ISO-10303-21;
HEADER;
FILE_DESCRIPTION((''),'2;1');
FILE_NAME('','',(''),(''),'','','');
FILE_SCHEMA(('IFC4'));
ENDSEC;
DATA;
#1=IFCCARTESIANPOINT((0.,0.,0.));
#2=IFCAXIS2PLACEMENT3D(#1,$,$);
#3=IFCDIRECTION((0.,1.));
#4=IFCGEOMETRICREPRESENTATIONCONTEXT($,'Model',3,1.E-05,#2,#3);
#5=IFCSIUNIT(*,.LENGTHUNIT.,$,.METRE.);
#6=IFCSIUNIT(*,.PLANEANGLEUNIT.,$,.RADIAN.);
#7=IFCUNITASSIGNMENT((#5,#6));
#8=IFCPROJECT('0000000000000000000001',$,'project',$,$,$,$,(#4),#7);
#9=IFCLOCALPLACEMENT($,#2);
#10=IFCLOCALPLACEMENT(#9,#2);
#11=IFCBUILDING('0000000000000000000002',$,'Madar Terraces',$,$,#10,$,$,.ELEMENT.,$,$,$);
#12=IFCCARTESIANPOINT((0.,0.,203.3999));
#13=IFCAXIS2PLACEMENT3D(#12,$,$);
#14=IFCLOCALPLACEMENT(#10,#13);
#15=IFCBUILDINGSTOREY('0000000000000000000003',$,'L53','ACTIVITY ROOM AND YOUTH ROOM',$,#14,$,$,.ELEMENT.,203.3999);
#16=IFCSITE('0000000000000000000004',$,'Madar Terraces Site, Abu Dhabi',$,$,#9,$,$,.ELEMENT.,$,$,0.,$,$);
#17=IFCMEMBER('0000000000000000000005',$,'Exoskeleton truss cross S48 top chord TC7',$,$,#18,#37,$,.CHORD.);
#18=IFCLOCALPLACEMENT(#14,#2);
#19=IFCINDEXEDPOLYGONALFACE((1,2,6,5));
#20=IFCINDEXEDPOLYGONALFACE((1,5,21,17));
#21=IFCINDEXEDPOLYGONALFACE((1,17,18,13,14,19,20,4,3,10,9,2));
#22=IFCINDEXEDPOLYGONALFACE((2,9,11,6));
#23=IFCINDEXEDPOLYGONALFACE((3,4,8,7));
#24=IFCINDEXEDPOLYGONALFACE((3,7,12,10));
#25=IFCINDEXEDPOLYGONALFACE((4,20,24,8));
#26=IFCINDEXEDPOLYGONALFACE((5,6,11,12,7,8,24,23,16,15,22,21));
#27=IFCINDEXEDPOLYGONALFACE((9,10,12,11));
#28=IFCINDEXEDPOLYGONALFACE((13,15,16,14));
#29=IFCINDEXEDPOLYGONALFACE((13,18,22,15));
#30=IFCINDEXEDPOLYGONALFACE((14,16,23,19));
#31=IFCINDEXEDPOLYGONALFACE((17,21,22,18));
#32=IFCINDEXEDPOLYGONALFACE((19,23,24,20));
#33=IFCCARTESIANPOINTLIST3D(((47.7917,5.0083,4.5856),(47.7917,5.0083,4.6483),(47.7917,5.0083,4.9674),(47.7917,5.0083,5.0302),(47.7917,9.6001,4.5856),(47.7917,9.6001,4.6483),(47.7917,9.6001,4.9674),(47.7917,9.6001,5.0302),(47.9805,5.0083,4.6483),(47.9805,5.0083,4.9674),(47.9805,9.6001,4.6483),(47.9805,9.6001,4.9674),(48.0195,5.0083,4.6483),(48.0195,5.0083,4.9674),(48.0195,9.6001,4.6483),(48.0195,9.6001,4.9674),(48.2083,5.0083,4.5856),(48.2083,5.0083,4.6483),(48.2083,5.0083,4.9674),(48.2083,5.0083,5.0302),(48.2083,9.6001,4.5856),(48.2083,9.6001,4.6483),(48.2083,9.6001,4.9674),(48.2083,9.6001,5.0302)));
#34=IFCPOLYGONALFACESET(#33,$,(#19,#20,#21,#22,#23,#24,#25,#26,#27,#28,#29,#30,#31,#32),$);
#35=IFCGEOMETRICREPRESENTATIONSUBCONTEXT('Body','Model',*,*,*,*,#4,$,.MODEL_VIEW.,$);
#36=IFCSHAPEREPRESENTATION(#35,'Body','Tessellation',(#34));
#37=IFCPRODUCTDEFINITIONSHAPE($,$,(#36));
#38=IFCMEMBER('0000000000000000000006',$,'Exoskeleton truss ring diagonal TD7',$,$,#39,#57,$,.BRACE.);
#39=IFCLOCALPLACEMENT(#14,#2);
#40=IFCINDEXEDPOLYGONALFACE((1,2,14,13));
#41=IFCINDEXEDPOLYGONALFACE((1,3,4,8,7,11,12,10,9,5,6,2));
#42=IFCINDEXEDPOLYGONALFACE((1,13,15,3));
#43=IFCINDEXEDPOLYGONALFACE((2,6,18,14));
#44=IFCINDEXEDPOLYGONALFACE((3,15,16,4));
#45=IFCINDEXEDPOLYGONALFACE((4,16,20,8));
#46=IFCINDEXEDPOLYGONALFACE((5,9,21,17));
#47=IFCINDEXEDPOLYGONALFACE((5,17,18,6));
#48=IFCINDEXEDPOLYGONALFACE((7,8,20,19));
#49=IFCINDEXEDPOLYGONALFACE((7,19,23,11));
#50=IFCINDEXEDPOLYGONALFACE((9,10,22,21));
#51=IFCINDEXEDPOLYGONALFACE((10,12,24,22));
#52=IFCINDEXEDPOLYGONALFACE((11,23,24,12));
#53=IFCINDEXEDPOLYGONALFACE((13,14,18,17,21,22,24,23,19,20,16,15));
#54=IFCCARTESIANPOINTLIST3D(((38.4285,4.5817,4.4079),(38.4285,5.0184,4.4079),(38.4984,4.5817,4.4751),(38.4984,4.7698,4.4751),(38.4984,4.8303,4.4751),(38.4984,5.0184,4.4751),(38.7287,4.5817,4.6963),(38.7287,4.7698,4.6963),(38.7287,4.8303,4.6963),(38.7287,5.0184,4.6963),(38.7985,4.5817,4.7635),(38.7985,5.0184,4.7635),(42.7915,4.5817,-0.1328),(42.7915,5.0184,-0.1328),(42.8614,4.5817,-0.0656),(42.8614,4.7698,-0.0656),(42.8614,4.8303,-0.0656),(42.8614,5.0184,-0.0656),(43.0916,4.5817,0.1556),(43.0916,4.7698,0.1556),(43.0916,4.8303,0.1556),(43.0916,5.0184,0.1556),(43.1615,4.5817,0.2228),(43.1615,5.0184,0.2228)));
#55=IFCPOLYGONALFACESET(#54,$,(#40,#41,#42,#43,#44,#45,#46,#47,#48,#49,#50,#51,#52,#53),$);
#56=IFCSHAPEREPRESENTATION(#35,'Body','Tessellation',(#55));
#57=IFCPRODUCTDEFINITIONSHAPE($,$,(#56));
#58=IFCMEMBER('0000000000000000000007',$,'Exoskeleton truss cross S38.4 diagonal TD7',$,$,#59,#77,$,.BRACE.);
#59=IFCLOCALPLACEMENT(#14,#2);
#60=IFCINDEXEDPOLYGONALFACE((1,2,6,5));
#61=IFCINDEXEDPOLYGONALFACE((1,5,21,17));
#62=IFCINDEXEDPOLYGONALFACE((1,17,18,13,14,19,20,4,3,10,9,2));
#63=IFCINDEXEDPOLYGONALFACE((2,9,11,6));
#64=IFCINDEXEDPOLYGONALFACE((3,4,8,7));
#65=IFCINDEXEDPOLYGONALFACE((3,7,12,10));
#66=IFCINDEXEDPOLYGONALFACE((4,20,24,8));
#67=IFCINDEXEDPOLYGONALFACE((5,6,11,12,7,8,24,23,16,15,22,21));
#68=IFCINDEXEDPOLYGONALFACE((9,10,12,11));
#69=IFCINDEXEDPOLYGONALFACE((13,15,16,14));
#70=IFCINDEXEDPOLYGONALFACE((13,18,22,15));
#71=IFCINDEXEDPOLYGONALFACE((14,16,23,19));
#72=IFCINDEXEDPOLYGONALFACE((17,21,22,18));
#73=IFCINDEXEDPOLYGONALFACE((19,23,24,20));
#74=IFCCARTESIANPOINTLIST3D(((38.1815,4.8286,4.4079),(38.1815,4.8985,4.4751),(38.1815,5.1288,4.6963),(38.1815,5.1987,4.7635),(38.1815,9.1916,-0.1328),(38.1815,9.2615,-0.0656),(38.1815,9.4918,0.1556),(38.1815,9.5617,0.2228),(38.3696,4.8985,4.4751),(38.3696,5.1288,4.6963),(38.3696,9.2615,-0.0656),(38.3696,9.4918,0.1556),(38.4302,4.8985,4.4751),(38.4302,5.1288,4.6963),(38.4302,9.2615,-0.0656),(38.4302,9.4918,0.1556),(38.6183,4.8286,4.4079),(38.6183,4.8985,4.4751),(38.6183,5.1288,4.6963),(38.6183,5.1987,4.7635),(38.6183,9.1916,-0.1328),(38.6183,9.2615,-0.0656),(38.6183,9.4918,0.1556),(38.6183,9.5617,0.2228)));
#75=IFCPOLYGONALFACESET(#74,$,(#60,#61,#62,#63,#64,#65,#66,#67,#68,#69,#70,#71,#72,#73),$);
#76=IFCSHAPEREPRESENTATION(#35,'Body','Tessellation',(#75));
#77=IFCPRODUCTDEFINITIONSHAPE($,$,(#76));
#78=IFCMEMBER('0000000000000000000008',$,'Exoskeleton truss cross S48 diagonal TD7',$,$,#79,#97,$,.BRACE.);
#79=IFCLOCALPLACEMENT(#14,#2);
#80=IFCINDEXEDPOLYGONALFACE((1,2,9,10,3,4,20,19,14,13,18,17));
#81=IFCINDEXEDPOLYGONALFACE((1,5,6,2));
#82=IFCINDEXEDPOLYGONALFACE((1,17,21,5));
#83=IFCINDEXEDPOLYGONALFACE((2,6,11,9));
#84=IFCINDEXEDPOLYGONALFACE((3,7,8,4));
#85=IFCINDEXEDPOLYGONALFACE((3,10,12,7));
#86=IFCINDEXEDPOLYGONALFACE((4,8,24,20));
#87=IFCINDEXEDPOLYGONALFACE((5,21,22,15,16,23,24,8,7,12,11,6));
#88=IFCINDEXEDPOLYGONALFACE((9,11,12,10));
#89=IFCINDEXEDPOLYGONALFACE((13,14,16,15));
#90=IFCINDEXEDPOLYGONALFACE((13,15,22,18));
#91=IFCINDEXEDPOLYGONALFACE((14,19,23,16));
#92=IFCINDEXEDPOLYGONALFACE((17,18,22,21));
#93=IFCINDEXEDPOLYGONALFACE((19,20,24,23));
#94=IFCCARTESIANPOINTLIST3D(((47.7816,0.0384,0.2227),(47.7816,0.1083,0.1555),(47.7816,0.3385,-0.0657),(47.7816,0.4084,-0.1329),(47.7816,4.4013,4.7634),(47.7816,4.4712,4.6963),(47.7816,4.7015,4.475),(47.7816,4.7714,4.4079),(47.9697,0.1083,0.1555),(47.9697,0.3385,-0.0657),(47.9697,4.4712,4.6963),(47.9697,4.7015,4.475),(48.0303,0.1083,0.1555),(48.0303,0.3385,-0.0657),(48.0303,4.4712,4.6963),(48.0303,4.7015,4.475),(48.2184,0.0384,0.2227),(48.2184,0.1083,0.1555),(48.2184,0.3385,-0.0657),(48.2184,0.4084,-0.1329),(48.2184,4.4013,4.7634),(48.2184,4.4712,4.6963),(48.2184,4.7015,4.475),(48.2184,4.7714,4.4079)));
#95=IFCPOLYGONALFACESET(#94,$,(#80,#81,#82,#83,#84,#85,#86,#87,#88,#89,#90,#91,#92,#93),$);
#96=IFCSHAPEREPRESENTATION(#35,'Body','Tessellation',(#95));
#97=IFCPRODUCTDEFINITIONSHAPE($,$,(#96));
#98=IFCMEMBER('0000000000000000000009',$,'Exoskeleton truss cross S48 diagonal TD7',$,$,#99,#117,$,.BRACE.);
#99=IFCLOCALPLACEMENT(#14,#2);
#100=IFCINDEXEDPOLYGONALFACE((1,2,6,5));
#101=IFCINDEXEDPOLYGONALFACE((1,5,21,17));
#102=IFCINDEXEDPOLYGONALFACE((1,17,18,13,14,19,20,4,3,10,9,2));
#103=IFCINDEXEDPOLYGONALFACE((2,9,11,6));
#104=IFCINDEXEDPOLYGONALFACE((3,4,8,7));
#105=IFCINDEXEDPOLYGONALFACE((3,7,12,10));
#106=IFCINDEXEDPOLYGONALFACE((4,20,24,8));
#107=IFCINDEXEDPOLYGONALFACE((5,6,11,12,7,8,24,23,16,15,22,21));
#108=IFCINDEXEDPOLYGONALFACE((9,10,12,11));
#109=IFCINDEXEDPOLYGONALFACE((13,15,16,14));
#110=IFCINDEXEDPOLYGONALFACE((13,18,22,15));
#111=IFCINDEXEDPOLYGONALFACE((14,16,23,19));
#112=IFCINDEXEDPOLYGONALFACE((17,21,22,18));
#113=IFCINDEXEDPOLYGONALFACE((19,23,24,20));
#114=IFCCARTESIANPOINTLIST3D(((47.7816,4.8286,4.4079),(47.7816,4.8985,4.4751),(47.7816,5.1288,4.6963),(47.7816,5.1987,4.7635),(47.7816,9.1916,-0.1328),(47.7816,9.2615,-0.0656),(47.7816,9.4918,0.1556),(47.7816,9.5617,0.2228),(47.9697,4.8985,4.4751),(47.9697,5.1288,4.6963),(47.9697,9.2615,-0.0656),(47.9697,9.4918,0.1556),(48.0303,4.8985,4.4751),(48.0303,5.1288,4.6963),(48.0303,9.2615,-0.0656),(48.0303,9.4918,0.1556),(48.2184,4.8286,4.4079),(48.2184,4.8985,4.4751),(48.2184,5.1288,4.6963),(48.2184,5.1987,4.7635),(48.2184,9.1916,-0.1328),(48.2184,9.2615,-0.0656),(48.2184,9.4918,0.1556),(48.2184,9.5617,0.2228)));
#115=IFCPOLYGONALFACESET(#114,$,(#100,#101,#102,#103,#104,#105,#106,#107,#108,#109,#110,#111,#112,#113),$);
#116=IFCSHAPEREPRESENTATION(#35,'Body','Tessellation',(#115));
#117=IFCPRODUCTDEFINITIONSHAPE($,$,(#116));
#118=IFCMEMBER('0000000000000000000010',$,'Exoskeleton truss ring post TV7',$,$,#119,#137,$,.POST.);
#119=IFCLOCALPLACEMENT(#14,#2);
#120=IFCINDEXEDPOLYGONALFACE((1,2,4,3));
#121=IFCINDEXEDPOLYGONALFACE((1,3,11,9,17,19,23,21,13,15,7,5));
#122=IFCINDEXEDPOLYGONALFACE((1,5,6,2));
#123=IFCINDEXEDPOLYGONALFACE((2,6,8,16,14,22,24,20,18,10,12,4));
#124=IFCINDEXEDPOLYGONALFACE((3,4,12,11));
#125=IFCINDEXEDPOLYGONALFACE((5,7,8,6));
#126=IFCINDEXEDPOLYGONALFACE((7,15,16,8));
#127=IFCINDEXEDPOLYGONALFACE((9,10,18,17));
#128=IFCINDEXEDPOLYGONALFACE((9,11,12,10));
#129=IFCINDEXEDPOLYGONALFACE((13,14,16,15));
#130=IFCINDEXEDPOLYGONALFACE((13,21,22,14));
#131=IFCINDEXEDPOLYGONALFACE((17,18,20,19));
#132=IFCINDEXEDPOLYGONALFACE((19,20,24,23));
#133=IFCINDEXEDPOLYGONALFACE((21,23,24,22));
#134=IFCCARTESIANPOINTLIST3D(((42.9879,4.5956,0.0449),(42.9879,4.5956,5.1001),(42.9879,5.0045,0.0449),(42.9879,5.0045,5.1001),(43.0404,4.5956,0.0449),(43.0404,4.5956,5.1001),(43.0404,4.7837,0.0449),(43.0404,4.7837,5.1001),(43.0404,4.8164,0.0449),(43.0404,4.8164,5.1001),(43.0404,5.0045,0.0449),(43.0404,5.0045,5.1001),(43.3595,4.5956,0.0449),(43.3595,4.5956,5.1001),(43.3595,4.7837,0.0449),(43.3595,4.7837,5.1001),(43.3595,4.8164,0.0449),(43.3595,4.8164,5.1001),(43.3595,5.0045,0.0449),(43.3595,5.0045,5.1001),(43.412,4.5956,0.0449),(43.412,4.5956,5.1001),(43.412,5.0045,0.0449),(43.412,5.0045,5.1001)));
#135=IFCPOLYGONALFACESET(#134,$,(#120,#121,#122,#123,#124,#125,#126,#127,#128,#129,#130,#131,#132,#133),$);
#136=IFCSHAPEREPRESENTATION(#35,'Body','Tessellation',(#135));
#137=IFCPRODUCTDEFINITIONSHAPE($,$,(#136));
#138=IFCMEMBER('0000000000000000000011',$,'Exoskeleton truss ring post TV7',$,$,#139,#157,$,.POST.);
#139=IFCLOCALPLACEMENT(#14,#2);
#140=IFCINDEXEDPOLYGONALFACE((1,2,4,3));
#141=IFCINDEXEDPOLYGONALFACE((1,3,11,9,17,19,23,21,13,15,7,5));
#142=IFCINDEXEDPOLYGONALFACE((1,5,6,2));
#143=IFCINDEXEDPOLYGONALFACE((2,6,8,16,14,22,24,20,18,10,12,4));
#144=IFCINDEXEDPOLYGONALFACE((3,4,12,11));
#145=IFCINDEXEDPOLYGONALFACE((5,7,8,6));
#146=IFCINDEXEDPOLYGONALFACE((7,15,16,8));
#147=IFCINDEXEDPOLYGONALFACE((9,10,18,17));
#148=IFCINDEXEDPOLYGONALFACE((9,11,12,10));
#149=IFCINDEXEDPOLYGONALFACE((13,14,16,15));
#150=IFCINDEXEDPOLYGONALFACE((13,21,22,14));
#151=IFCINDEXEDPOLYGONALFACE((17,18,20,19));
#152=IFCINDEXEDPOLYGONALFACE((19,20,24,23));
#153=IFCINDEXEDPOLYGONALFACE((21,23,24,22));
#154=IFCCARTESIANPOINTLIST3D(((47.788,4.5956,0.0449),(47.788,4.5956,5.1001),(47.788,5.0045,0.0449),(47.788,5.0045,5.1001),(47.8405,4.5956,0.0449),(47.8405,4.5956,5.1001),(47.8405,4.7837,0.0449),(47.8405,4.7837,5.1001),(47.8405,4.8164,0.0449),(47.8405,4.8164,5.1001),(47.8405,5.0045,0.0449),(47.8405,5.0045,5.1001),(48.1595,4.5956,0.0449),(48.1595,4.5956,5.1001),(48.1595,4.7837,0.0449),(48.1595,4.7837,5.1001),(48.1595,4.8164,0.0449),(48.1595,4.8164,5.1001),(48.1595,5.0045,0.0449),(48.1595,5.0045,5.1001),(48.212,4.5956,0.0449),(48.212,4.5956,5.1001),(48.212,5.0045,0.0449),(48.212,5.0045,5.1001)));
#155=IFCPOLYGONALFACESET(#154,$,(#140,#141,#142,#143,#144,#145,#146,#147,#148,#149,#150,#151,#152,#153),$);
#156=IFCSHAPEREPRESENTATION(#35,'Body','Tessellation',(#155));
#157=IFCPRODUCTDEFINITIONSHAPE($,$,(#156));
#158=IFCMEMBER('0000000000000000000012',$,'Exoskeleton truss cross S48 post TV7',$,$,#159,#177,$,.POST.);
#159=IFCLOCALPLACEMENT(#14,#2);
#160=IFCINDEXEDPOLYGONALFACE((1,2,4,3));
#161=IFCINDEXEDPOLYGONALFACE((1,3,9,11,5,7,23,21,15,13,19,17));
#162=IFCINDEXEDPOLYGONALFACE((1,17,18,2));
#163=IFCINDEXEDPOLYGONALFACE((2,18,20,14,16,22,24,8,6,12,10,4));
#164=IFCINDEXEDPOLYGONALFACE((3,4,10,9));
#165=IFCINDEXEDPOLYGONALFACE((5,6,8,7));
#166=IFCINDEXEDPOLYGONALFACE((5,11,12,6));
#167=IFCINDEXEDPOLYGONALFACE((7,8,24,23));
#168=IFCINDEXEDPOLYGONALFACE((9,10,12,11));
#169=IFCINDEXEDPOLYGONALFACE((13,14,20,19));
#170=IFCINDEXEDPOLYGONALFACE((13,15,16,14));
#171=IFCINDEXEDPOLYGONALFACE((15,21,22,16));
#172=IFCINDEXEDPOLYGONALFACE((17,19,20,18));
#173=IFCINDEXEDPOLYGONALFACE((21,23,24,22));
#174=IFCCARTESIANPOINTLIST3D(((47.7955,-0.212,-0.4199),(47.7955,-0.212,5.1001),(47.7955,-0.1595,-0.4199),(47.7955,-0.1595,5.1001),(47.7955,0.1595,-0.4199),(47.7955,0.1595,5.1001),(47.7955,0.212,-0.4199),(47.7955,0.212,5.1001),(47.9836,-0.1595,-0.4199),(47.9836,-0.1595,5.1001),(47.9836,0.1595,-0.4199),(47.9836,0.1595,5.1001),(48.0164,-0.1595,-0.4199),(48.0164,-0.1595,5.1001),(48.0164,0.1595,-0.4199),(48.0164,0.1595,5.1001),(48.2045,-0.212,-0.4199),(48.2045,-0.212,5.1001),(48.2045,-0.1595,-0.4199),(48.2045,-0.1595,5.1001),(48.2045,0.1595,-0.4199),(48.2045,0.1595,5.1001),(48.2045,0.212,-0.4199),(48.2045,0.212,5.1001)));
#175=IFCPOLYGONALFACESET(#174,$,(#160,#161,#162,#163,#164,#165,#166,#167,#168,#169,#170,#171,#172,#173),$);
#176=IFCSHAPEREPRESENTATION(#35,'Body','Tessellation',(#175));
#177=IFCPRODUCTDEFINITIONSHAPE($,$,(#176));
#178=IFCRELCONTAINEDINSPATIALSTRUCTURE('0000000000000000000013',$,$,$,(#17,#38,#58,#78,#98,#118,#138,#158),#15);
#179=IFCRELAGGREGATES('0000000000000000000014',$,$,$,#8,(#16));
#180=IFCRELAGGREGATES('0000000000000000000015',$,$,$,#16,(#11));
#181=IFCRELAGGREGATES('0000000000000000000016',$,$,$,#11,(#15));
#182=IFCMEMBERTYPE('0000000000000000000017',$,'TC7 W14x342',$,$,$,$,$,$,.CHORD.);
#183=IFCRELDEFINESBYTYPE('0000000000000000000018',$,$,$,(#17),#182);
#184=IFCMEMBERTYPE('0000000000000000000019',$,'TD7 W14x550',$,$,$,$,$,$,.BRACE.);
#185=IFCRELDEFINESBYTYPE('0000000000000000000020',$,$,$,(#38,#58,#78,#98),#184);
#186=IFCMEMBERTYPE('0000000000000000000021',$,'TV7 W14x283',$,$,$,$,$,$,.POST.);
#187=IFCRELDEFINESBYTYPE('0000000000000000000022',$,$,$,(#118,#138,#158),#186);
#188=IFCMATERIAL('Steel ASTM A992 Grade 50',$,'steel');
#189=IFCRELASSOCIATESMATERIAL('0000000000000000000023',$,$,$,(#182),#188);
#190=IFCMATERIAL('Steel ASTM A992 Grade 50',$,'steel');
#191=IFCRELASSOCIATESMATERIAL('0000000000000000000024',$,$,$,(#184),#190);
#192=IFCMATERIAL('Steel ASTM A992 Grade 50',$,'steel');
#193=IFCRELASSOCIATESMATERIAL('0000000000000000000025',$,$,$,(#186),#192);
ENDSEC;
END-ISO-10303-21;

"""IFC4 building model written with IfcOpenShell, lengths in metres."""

from ifc_helpers import new_model, si_unit, direction, frame, origin, origin_2d, place, context, subcontext, project, spatial, i_section, extrude, material, material_profile, profile_set, type_object, element, save


model = new_model("IFC4")

# Units and contexts
model_context = context("Model", 3, precision=1e-05, world=origin(), true_north=direction((0.0, 1.0)))
body_context = subcontext(model_context, "Body", "Model", "MODEL_VIEW")
ifc_project = project(units=[si_unit("LENGTHUNIT", "METRE"), si_unit("PLANEANGLEUNIT", "RADIAN")], contexts=[model_context])

# Site, building, storey
site_placement = place(None, origin())
site = spatial("IfcSite", under=ifc_project, at=site_placement, Name="Madar Terraces Site, Abu Dhabi", CompositionType="ELEMENT", RefElevation=0.0)
building_placement = place(site_placement, origin())
building = spatial("IfcBuilding", under=site, at=building_placement, Name="Madar Terraces", CompositionType="ELEMENT")
storey_placement = place(building_placement, frame((0.0, 0.0, 203.3999)))
storey = spatial("IfcBuildingStorey", under=building, at=storey_placement, Name="L53", Description="ACTIVITY ROOM AND YOUTH ROOM", CompositionType="ELEMENT", Elevation=203.3999)

# Members
ifc_material_1 = material(Name="Steel ASTM A992 Grade 50", Category="steel")
ifc_material_profile_1 = material_profile(ifc_material_1, i_section(OverallWidth=0.4165, OverallDepth=0.4446, WebThickness=0.0391, FlangeThickness=0.0627, at=origin_2d()), Name="W14x342")
ifc_profile_set_1 = profile_set([ifc_material_profile_1], Name="Steel ASTM A992 Grade 50")
member_type_1 = type_object("IfcMemberType", Name="TC7 W14x342", PredefinedType="CHORD", material=ifc_profile_set_1)
for number, where, z_axis, x_axis, name in (
    (1, (48.0, 5.0083, 4.8079), (0.0, 1.0, 0.0), (-1.0, 0.0, 0.0), "Exoskeleton truss cross S48 top chord TC7"),
):
    element("IfcMember", number, at=place(storey_placement, frame(where, z_axis=z_axis, x_axis=x_axis)), inside=storey, type_object=member_type_1, Name=name, PredefinedType="CHORD", context=body_context, shape_type="SweptSolid", body=[
        extrude(i_section(OverallWidth=0.4165, OverallDepth=0.4446, WebThickness=0.0391, FlangeThickness=0.0627, at=origin_2d()), origin(), (0.0, 0.0, 1.0), 4.5918),
    ])
ifc_material_2 = material(Name="Steel ASTM A992 Grade 50", Category="steel")
ifc_material_profile_2 = material_profile(ifc_material_2, i_section(OverallWidth=0.4368, OverallDepth=0.5132, WebThickness=0.0605, FlangeThickness=0.0969, at=origin_2d()), Name="W14x550")
ifc_profile_set_2 = profile_set([ifc_material_profile_2], Name="Steel ASTM A992 Grade 50")
member_type_2 = type_object("IfcMemberType", Name="TD7 W14x550", PredefinedType="BRACE", material=ifc_profile_set_2)
for number, where, z_axis, x_axis, name in (
    (2, (38.6135, 4.8, 4.5857), (0.692854, 0.0, -0.721078), (0.0, 1.0, 0.0), "Exoskeleton truss ring diagonal TD7"),
    (3, (38.3999, 5.0137, 4.5857), (0.0, 0.692854, -0.721078), (-1.0, 0.0, 0.0), "Exoskeleton truss cross S38.4 diagonal TD7"),
    (4, (48.0, 0.2234, 0.0449), (0.0, 0.692854, 0.721078), (-1.0, 0.0, 0.0), "Exoskeleton truss cross S48 diagonal TD7"),
    (5, (48.0, 5.0137, 4.5857), (0.0, 0.692854, -0.721078), (-1.0, 0.0, 0.0), "Exoskeleton truss cross S48 diagonal TD7"),
):
    element("IfcMember", number, at=place(storey_placement, frame(where, z_axis=z_axis, x_axis=x_axis)), inside=storey, type_object=member_type_2, Name=name, PredefinedType="BRACE", context=body_context, shape_type="SweptSolid", body=[
        extrude(i_section(OverallWidth=0.4368, OverallDepth=0.5132, WebThickness=0.0605, FlangeThickness=0.0969, at=origin_2d()), origin(), (0.0, 0.0, 1.0), 6.2971),
    ])
ifc_material_3 = material(Name="Steel ASTM A992 Grade 50", Category="steel")
ifc_material_profile_3 = material_profile(ifc_material_3, i_section(OverallWidth=0.4089, OverallDepth=0.4241, WebThickness=0.0327, FlangeThickness=0.0525, at=origin_2d()), Name="W14x283")
ifc_profile_set_3 = profile_set([ifc_material_profile_3], Name="Steel ASTM A992 Grade 50")
member_type_3 = type_object("IfcMemberType", Name="TV7 W14x283", PredefinedType="POST", material=ifc_profile_set_3)
for number, where, z_axis, x_axis, name in (
    (6, (43.2, 4.8, 0.0449), (0.0, 0.0, 1.0), (0.0, 1.0, 0.0), "Exoskeleton truss ring post TV7"),
    (7, (48.0, 4.8, 0.0449), (0.0, 0.0, 1.0), (0.0, 1.0, 0.0), "Exoskeleton truss ring post TV7"),
):
    element("IfcMember", number, at=place(storey_placement, frame(where, z_axis=z_axis, x_axis=x_axis)), inside=storey, type_object=member_type_3, Name=name, PredefinedType="POST", context=body_context, shape_type="SweptSolid", body=[
        extrude(i_section(OverallWidth=0.4089, OverallDepth=0.4241, WebThickness=0.0327, FlangeThickness=0.0525, at=origin_2d()), origin(), (0.0, 0.0, 1.0), 5.0552),
    ])
member_1_placement = place(storey_placement, frame((48.0, 0.0, -0.4199), z_axis=(0.0, 0.0, 1.0), x_axis=(-1.0, 0.0, 0.0)))
element("IfcMember", 8, at=member_1_placement, inside=storey, type_object=member_type_3, Name="Exoskeleton truss cross S48 post TV7", PredefinedType="POST", context=body_context, shape_type="SweptSolid", body=[
    extrude(i_section(OverallWidth=0.4089, OverallDepth=0.4241, WebThickness=0.0327, FlangeThickness=0.0525, at=origin_2d()), origin(), (0.0, 0.0, 1.0), 5.52),
])

save(model, "model.ifc")
